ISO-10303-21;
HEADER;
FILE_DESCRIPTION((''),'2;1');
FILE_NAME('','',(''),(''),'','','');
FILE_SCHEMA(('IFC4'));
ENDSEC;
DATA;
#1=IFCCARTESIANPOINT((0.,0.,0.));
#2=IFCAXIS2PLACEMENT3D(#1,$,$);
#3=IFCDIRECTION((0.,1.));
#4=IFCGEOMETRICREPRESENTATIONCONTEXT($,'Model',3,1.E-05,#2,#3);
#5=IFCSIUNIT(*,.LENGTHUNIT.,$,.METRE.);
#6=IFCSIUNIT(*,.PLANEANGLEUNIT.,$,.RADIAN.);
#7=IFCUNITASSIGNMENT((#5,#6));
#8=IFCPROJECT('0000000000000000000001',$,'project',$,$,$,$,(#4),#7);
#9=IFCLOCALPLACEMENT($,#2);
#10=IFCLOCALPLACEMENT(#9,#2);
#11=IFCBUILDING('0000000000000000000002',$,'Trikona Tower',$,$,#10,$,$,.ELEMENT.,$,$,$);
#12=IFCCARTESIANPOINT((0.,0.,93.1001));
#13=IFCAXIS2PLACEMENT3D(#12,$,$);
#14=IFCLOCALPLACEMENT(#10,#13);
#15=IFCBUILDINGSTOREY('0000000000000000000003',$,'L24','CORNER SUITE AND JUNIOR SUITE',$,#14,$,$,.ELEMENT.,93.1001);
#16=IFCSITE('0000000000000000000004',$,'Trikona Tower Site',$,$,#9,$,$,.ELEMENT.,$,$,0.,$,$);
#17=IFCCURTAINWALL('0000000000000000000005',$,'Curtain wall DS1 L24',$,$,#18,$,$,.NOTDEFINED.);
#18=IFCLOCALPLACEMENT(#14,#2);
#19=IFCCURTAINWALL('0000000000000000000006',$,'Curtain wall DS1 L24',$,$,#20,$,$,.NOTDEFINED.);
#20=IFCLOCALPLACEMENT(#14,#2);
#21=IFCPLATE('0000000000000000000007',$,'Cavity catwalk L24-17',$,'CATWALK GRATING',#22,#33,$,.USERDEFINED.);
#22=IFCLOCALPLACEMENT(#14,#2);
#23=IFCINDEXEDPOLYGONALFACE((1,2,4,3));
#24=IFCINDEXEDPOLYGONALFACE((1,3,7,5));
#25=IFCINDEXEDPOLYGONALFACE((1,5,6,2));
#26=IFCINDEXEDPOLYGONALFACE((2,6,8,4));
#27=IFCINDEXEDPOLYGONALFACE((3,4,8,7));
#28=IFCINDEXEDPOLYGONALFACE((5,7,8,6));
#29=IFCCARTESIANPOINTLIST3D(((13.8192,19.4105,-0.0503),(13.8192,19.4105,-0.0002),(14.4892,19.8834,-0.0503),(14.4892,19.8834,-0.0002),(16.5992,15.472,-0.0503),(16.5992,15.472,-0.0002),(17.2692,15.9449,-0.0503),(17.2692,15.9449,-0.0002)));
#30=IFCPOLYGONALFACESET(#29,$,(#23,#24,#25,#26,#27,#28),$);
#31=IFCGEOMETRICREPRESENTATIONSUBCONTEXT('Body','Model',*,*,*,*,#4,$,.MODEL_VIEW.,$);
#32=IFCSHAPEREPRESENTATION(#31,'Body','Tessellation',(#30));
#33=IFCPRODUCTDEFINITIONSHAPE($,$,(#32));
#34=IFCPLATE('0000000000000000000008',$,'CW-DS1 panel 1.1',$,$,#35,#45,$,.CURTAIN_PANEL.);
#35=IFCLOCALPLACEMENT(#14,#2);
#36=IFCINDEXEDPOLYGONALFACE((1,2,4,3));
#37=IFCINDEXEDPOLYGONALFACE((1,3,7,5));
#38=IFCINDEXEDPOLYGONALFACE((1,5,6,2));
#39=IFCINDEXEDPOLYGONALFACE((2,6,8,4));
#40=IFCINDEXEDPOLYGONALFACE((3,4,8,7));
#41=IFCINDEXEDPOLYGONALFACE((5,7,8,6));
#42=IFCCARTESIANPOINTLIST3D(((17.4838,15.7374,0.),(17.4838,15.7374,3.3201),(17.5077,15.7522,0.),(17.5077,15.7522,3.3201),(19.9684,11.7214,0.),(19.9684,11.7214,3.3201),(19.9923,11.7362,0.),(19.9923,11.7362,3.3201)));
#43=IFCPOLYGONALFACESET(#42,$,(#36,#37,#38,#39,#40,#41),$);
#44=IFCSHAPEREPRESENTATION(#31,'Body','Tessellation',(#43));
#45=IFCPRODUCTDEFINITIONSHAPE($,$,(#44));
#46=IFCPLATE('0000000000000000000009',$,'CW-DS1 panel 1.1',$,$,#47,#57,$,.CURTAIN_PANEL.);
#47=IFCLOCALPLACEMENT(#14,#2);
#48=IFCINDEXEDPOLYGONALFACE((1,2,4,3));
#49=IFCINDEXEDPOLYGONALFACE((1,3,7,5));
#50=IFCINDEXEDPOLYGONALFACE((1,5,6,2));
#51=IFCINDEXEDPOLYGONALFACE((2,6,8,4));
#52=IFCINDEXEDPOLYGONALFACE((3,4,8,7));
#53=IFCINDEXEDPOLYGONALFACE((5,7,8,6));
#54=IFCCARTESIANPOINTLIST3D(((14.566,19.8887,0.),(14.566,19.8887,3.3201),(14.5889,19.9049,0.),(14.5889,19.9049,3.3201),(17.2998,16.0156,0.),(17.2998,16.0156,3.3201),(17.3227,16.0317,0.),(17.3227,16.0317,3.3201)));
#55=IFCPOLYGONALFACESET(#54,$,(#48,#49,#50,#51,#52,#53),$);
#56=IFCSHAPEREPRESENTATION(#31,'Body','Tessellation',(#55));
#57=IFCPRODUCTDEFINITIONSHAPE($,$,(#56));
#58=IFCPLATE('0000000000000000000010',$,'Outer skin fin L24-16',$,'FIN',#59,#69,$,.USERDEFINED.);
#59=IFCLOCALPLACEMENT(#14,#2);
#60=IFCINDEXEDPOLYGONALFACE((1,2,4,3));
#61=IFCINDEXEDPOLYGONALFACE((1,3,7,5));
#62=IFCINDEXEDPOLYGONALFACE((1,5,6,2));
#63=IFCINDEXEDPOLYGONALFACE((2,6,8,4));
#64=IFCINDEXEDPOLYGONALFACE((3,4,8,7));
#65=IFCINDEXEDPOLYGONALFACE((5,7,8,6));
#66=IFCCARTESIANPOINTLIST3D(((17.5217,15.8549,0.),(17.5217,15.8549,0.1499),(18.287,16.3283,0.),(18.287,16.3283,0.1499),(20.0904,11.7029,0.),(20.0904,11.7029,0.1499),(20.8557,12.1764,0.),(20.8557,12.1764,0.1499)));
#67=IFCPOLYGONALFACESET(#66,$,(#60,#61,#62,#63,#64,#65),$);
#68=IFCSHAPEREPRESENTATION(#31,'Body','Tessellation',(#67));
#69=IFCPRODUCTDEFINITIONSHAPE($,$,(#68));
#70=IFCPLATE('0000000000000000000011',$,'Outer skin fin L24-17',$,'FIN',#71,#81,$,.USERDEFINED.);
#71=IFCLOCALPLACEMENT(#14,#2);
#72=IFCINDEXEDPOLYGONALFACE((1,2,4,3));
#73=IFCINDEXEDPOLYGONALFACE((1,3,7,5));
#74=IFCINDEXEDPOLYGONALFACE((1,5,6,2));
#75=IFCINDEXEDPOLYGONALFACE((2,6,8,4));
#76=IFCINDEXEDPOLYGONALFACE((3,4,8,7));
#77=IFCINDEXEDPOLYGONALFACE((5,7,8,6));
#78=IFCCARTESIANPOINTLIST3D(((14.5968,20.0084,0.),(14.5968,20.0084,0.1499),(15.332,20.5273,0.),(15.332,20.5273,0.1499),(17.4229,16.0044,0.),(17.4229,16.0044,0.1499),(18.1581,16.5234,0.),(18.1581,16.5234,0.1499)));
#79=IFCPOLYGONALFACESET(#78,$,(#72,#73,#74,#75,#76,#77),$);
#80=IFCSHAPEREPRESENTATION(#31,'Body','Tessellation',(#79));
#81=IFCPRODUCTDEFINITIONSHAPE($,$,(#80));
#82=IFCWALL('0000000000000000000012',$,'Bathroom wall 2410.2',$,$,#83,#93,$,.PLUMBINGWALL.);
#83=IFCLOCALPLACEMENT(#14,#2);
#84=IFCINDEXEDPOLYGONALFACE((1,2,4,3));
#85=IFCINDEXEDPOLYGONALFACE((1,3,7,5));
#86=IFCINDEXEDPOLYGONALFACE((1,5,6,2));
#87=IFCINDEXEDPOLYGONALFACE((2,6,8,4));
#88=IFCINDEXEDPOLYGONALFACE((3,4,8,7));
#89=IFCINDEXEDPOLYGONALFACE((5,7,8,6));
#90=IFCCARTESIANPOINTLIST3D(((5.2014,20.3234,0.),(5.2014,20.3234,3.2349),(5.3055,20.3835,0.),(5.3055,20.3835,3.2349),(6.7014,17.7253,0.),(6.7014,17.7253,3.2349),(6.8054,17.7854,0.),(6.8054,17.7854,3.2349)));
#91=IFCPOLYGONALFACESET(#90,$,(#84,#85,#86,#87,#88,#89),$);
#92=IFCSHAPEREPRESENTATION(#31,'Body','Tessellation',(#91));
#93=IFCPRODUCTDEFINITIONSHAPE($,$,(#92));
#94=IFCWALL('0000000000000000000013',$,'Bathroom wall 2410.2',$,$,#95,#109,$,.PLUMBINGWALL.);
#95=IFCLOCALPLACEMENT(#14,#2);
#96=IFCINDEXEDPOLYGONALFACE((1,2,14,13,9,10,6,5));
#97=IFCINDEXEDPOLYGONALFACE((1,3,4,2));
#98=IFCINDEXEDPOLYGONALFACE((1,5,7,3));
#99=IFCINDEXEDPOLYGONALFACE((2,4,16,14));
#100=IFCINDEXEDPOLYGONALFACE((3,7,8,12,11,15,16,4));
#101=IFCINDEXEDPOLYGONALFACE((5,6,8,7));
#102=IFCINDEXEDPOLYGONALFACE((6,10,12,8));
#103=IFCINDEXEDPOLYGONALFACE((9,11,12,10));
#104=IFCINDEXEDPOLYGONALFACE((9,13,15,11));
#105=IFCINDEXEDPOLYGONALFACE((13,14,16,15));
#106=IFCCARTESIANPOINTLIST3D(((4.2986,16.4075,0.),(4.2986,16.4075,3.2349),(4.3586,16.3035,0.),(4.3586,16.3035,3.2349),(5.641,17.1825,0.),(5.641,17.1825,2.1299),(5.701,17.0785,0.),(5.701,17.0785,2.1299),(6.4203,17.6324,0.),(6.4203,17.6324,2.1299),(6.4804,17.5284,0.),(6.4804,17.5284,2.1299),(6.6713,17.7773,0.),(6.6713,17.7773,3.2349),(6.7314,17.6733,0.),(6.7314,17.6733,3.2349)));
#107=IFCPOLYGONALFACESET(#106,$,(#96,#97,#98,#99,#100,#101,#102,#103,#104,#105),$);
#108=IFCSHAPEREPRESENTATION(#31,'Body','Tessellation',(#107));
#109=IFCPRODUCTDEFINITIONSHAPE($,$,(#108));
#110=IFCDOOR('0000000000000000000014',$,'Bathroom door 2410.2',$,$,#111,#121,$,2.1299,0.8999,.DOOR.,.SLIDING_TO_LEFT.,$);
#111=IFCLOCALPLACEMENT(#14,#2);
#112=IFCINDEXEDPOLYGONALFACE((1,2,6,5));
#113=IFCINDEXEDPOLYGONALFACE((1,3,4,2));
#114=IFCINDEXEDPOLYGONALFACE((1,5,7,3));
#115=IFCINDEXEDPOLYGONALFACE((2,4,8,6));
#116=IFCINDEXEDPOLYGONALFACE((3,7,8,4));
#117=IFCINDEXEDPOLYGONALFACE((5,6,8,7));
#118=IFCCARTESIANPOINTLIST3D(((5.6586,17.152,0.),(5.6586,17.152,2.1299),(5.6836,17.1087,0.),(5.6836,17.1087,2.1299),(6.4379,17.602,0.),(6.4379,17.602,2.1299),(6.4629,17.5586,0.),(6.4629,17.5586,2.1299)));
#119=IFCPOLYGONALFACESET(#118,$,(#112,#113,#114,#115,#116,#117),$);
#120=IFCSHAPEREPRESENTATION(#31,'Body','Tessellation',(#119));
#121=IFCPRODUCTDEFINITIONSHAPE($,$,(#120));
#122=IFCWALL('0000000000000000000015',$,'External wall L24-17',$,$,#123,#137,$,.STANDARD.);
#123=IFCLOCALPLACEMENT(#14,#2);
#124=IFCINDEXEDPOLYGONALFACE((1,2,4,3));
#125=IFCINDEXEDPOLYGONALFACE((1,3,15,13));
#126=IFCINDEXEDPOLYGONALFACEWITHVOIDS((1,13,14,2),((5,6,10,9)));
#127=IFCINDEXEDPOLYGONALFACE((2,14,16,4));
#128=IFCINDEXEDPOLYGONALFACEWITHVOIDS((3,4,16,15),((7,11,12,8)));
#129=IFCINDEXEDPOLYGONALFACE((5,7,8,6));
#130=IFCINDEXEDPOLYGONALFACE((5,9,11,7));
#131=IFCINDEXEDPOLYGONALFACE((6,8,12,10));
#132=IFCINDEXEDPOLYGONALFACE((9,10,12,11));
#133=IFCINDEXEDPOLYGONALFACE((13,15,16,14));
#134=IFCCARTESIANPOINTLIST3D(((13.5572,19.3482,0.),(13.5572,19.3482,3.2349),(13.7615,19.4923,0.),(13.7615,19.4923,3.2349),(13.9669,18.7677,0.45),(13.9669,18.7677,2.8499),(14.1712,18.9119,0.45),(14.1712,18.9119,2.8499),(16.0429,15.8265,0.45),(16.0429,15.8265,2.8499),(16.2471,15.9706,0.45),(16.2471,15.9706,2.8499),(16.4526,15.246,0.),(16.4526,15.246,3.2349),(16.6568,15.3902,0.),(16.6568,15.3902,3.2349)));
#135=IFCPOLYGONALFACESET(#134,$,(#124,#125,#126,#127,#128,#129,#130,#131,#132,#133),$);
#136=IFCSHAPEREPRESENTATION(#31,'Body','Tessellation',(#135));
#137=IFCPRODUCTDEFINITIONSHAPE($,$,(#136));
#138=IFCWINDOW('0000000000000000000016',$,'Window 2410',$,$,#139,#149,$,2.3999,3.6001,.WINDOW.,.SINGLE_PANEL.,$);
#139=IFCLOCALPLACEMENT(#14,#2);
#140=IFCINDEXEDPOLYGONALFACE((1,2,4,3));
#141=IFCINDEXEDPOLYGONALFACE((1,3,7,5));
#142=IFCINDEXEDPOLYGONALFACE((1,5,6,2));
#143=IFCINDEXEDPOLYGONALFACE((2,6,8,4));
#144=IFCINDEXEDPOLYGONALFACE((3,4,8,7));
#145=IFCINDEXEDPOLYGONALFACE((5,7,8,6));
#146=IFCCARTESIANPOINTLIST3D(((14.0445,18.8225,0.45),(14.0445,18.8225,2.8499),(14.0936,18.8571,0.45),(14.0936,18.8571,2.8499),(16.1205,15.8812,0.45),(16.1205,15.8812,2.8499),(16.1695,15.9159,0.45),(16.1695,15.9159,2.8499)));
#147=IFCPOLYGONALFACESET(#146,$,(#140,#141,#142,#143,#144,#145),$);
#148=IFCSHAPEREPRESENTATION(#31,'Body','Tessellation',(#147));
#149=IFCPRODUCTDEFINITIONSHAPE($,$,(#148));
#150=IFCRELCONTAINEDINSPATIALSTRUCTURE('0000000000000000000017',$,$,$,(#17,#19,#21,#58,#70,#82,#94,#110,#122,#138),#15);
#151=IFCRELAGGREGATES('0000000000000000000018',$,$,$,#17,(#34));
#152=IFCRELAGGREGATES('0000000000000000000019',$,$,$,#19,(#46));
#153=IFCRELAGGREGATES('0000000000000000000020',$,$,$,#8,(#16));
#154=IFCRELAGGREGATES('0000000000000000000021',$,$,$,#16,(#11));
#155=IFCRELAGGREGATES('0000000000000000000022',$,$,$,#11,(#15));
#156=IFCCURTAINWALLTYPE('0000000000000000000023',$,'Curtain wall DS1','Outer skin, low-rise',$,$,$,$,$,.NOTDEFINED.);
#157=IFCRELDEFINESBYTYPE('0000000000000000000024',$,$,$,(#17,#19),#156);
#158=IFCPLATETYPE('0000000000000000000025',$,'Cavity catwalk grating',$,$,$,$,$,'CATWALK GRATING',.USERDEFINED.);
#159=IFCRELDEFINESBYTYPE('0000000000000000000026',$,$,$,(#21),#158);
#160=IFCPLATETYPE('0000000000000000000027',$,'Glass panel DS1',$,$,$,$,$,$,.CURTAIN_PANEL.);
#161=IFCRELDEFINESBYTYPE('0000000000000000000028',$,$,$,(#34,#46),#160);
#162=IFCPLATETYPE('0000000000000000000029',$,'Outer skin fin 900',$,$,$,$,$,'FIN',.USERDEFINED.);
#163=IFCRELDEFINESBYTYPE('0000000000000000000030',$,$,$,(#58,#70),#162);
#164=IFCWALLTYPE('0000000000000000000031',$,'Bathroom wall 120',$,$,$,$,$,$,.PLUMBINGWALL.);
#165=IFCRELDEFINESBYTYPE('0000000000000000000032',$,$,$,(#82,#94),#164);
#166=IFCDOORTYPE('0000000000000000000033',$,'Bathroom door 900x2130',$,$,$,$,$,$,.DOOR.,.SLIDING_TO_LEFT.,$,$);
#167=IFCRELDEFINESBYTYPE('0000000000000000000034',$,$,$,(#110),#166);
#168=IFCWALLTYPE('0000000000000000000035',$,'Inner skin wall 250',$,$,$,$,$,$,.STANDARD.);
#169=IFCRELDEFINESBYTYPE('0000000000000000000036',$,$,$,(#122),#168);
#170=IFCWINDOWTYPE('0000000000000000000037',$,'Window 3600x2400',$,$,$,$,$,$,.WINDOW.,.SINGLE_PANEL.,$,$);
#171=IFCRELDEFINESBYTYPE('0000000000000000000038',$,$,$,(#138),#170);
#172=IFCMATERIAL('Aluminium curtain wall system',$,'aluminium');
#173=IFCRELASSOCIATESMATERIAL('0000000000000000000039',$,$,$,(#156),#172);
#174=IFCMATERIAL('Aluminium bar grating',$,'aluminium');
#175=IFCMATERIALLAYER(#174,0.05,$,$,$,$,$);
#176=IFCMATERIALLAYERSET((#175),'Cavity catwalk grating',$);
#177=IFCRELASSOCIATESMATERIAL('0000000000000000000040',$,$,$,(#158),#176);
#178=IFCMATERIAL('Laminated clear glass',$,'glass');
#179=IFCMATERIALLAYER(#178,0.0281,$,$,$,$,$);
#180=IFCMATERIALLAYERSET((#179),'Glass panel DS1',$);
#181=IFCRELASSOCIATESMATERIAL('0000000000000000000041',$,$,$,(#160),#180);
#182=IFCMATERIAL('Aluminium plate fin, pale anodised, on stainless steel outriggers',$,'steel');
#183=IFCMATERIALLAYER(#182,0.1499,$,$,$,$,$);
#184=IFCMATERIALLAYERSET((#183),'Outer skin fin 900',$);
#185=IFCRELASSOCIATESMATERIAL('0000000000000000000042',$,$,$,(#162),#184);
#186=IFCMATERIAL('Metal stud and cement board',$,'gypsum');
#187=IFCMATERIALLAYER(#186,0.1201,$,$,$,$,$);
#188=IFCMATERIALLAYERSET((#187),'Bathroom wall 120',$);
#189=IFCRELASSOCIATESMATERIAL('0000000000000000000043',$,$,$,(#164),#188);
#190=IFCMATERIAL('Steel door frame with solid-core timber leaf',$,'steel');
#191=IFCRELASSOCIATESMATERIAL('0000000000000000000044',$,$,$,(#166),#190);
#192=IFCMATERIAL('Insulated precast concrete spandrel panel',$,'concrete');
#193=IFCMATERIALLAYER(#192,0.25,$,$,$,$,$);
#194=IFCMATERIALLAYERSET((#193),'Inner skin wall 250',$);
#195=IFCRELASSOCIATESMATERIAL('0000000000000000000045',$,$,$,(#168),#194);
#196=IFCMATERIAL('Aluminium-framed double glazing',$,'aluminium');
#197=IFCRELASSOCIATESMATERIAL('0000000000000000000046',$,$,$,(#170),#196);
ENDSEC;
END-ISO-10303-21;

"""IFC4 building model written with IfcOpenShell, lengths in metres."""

from ifc_helpers import new_model, si_unit, direction, frame, frame_2d, origin, origin_2d, place, context, subcontext, project, spatial, rectangle, extrude, material, layer, layer_set, type_object, element, fill, aggregate, save


model = new_model("IFC4")

# Units and contexts
model_context = context("Model", 3, precision=1e-05, world=origin(), true_north=direction((0.0, 1.0)))
body_context = subcontext(model_context, "Body", "Model", "MODEL_VIEW")
ifc_project = project(units=[si_unit("LENGTHUNIT", "METRE"), si_unit("PLANEANGLEUNIT", "RADIAN")], contexts=[model_context])

# Site, building, storey
site_placement = place(None, origin())
site = spatial("IfcSite", under=ifc_project, at=site_placement, Name="Trikona Tower Site", CompositionType="ELEMENT", RefElevation=0.0)
building_placement = place(site_placement, origin())
building = spatial("IfcBuilding", under=site, at=building_placement, Name="Trikona Tower", CompositionType="ELEMENT")
storey_placement = place(building_placement, frame((0.0, 0.0, 93.1001)))
storey = spatial("IfcBuildingStorey", under=building, at=storey_placement, Name="L24", Description="CORNER SUITE AND JUNIOR SUITE", CompositionType="ELEMENT", Elevation=93.1001)

# Curtain walls
ifc_material_1 = material(Name="Aluminium curtain wall system", Category="aluminium")
curtain_wall_type = type_object("IfcCurtainWallType", Name="Curtain wall DS1", Description="Outer skin, low-rise", PredefinedType="NOTDEFINED", material=ifc_material_1)
curtain_wall_1_placement = place(storey_placement, origin())
curtain_wall_1 = element("IfcCurtainWall", 1, at=curtain_wall_1_placement, inside=storey, type_object=curtain_wall_type, Name="Curtain wall DS1 L24", PredefinedType="NOTDEFINED")
curtain_wall_2_placement = place(storey_placement, origin())
curtain_wall_2 = element("IfcCurtainWall", 2, at=curtain_wall_2_placement, inside=storey, type_object=curtain_wall_type, Name="Curtain wall DS1 L24", PredefinedType="NOTDEFINED")

# Plate
ifc_material_2 = material(Name="Aluminium bar grating", Category="aluminium")
ifc_layer_1 = layer(ifc_material_2, 0.05)
ifc_layer_set_1 = layer_set([ifc_layer_1], Name="Cavity catwalk grating")
plate_type_1 = type_object("IfcPlateType", Name="Cavity catwalk grating", ElementType="CATWALK GRATING", PredefinedType="USERDEFINED", material=ifc_layer_set_1)
plate_1_placement = place(storey_placement, frame((15.5442, 17.6777, -0.0503), z_axis=(0.0, 0.0, 1.0), x_axis=(-0.576662, 0.816983, 0.0)))
element("IfcPlate", 3, at=plate_1_placement, inside=storey, type_object=plate_type_1, Name="Cavity catwalk L24-17", ObjectType="CATWALK GRATING", PredefinedType="USERDEFINED", context=body_context, shape_type="SweptSolid", body=[
    extrude(rectangle(XDim=4.8208, YDim=0.8201, at=origin_2d()), origin(), (0.0, 0.0, 1.0), 0.05),
])

# Plates
ifc_material_3 = material(Name="Laminated clear glass", Category="glass")
ifc_layer_2 = layer(ifc_material_3, 0.0281)
ifc_layer_set_2 = layer_set([ifc_layer_2], Name="Glass panel DS1")
plate_type_2 = type_object("IfcPlateType", Name="Glass panel DS1", PredefinedType="CURTAIN_PANEL", material=ifc_layer_set_2)
plate_2_placement = place(storey_placement, frame((18.738, 13.7368, 0.0), z_axis=(0.0, 0.0, 1.0), x_axis=(-0.52612, 0.85041, 0.0)))
plate_2 = element("IfcPlate", 4, at=plate_2_placement, type_object=plate_type_2, Name="CW-DS1 panel 1.1", PredefinedType="CURTAIN_PANEL", context=body_context, shape_type="SweptSolid", body=[
    extrude(rectangle(XDim=4.7224, YDim=0.0281, at=origin_2d()), origin(), (0.0, 0.0, 1.0), 3.3201),
])
aggregate(curtain_wall_1, [plate_2])
plate_3_placement = place(storey_placement, frame((15.9443, 17.9602, 0.0), z_axis=(0.0, 0.0, 1.0), x_axis=(-0.576658, 0.816985, 0.0)))
plate_3 = element("IfcPlate", 5, at=plate_3_placement, type_object=plate_type_2, Name="CW-DS1 panel 1.1", PredefinedType="CURTAIN_PANEL", context=body_context, shape_type="SweptSolid", body=[
    extrude(rectangle(XDim=4.7407, YDim=0.0281, at=origin_2d()), origin(), (0.0, 0.0, 1.0), 3.3201),
])
aggregate(curtain_wall_2, [plate_3])

# Plates
ifc_material_4 = material(Name="Aluminium plate fin, pale anodised, on stainless steel outriggers", Category="steel")
ifc_layer_3 = layer(ifc_material_4, 0.1499)
ifc_layer_set_3 = layer_set([ifc_layer_3], Name="Outer skin fin 900")
plate_type_3 = type_object("IfcPlateType", Name="Outer skin fin 900", ElementType="FIN", PredefinedType="USERDEFINED", material=ifc_layer_set_3)
plate_4_placement = place(storey_placement, frame((19.1887, 14.0156, 0.0), z_axis=(0.0, 0.0, 1.0), x_axis=(-0.526119, 0.850411, 0.0)))
element("IfcPlate", 6, at=plate_4_placement, inside=storey, type_object=plate_type_3, Name="Outer skin fin L24-16", ObjectType="FIN", PredefinedType="USERDEFINED", context=body_context, shape_type="SweptSolid", body=[
    extrude(rectangle(XDim=4.8823, YDim=0.8999, at=origin_2d()), origin(), (0.0, 0.0, 1.0), 0.1499),
])
plate_5_placement = place(storey_placement, frame((16.3774, 18.2659, 0.0), z_axis=(0.0, 0.0, 1.0), x_axis=(-0.576662, 0.816983, 0.0)))
element("IfcPlate", 7, at=plate_5_placement, inside=storey, type_object=plate_type_3, Name="Outer skin fin L24-17", ObjectType="FIN", PredefinedType="USERDEFINED", context=body_context, shape_type="SweptSolid", body=[
    extrude(rectangle(XDim=4.9009, YDim=0.8999, at=origin_2d()), origin(), (0.0, 0.0, 1.0), 0.1499),
])

# Wall
ifc_material_5 = material(Name="Metal stud and cement board", Category="gypsum")
ifc_layer_4 = layer(ifc_material_5, 0.1201)
ifc_layer_set_4 = layer_set([ifc_layer_4], Name="Bathroom wall 120")
wall_type_1 = type_object("IfcWallType", Name="Bathroom wall 120", PredefinedType="PLUMBINGWALL", material=ifc_layer_set_4)
wall_1_placement = place(storey_placement, frame((6.7534, 17.7554, 0.0), z_axis=(0.0, 0.0, 1.0), x_axis=(-0.49999, 0.866031, 0.0)))
element("IfcWall", 8, at=wall_1_placement, inside=storey, type_object=wall_type_1, Name="Bathroom wall 2410.2", PredefinedType="PLUMBINGWALL", context=body_context, shape_type="SweptSolid", body=[
    extrude(rectangle(XDim=3.0, YDim=0.1201, at=frame_2d((1.5, 0.0))), origin(), (0.0, 0.0, 1.0), 3.2349),
])

# Wall, opening, door
wall_2_placement = place(storey_placement, frame((4.3286, 16.3555, 0.0), z_axis=(0.0, 0.0, 1.0), x_axis=(0.866036, 0.499982, 0.0)))
wall_2 = element("IfcWall", 9, at=wall_2_placement, inside=storey, type_object=wall_type_1, Name="Bathroom wall 2410.2", PredefinedType="PLUMBINGWALL", context=body_context, shape_type="SweptSolid", body=[
    extrude(rectangle(XDim=2.7397, YDim=0.1201, at=frame_2d((1.3699, 0.0))), origin(), (0.0, 0.0, 1.0), 3.2349),
])
opening_1_placement = place(wall_2_placement, frame((1.55, 0.0, 0.0)))
opening_1 = element("IfcOpeningElement", 10, at=opening_1_placement, cuts=wall_2, PredefinedType="OPENING", context=body_context, shape_type="SweptSolid", body=[
    extrude(rectangle(XDim=0.8999, YDim=2.1299, at=frame_2d((0.45, 1.0649))), frame((0.0, 0.0701, 0.0), z_axis=(0.0, -1.0, 0.0), x_axis=(1.0, 0.0, 0.0)), (0.0, 0.0, 1.0), 0.1401),
])
ifc_material_6 = material(Name="Steel door frame with solid-core timber leaf", Category="steel")
door_type_1 = type_object("IfcDoorType", Name="Bathroom door 900x2130", OperationType="SLIDING_TO_LEFT", PredefinedType="DOOR", material=ifc_material_6)
door_1_placement = place(opening_1_placement, origin())
door_1 = element("IfcDoor", 11, at=door_1_placement, inside=storey, type_object=door_type_1, Name="Bathroom door 2410.2", OperationType="SLIDING_TO_LEFT", OverallHeight=2.1299, OverallWidth=0.8999, PredefinedType="DOOR", context=body_context, shape_type="SweptSolid", body=[
    extrude(rectangle(XDim=0.8999, YDim=2.1299, at=frame_2d((0.45, 1.0649))), frame((0.0, 0.0249, 0.0), z_axis=(0.0, -1.0, 0.0), x_axis=(1.0, 0.0, 0.0)), (0.0, 0.0, 1.0), 0.05),
])
fill(opening_1, door_1)

# Wall, opening, window
ifc_material_7 = material(Name="Insulated precast concrete spandrel panel", Category="concrete")
ifc_layer_5 = layer(ifc_material_7, 0.25)
ifc_layer_set_5 = layer_set([ifc_layer_5], Name="Inner skin wall 250")
wall_type_2 = type_object("IfcWallType", Name="Inner skin wall 250", PredefinedType="STANDARD", material=ifc_layer_set_5)
wall_3_placement = place(storey_placement, frame((16.5547, 15.3181, 0.0), z_axis=(0.0, 0.0, 1.0), x_axis=(-0.576643, 0.816996, 0.0)))
wall_3 = element("IfcWall", 12, at=wall_3_placement, inside=storey, type_object=wall_type_2, Name="External wall L24-17", PredefinedType="STANDARD", context=body_context, shape_type="SweptSolid", body=[
    extrude(rectangle(XDim=5.021, YDim=0.25, at=frame_2d((2.5105, 0.0))), origin(), (0.0, 0.0, 1.0), 3.2349),
])
opening_2_placement = place(wall_3_placement, frame((0.7104, 0.0, 0.45)))
opening_2 = element("IfcOpeningElement", 13, at=opening_2_placement, cuts=wall_3, PredefinedType="OPENING", context=body_context, shape_type="SweptSolid", body=[
    extrude(rectangle(XDim=3.6001, YDim=2.3999, at=frame_2d((1.8, 1.2))), frame((0.0, 0.135, 0.0), z_axis=(0.0, -1.0, 0.0), x_axis=(1.0, 0.0, 0.0)), (0.0, 0.0, 1.0), 0.27),
])
ifc_material_8 = material(Name="Aluminium-framed double glazing", Category="aluminium")
window_type = type_object("IfcWindowType", Name="Window 3600x2400", PartitioningType="SINGLE_PANEL", PredefinedType="WINDOW", material=ifc_material_8)
window_1_placement = place(opening_2_placement, origin())
window_1 = element("IfcWindow", 14, at=window_1_placement, inside=storey, type_object=window_type, Name="Window 2410", OverallHeight=2.3999, OverallWidth=3.6001, PartitioningType="SINGLE_PANEL", PredefinedType="WINDOW", context=body_context, shape_type="SweptSolid", body=[
    extrude(rectangle(XDim=3.6001, YDim=2.3999, at=frame_2d((1.8, 1.2))), frame((0.0, 0.03, 0.0), z_axis=(0.0, -1.0, 0.0), x_axis=(1.0, 0.0, 0.0)), (0.0, 0.0, 1.0), 0.0601),
])
fill(opening_2, window_1)

save(model, "model.ifc")
